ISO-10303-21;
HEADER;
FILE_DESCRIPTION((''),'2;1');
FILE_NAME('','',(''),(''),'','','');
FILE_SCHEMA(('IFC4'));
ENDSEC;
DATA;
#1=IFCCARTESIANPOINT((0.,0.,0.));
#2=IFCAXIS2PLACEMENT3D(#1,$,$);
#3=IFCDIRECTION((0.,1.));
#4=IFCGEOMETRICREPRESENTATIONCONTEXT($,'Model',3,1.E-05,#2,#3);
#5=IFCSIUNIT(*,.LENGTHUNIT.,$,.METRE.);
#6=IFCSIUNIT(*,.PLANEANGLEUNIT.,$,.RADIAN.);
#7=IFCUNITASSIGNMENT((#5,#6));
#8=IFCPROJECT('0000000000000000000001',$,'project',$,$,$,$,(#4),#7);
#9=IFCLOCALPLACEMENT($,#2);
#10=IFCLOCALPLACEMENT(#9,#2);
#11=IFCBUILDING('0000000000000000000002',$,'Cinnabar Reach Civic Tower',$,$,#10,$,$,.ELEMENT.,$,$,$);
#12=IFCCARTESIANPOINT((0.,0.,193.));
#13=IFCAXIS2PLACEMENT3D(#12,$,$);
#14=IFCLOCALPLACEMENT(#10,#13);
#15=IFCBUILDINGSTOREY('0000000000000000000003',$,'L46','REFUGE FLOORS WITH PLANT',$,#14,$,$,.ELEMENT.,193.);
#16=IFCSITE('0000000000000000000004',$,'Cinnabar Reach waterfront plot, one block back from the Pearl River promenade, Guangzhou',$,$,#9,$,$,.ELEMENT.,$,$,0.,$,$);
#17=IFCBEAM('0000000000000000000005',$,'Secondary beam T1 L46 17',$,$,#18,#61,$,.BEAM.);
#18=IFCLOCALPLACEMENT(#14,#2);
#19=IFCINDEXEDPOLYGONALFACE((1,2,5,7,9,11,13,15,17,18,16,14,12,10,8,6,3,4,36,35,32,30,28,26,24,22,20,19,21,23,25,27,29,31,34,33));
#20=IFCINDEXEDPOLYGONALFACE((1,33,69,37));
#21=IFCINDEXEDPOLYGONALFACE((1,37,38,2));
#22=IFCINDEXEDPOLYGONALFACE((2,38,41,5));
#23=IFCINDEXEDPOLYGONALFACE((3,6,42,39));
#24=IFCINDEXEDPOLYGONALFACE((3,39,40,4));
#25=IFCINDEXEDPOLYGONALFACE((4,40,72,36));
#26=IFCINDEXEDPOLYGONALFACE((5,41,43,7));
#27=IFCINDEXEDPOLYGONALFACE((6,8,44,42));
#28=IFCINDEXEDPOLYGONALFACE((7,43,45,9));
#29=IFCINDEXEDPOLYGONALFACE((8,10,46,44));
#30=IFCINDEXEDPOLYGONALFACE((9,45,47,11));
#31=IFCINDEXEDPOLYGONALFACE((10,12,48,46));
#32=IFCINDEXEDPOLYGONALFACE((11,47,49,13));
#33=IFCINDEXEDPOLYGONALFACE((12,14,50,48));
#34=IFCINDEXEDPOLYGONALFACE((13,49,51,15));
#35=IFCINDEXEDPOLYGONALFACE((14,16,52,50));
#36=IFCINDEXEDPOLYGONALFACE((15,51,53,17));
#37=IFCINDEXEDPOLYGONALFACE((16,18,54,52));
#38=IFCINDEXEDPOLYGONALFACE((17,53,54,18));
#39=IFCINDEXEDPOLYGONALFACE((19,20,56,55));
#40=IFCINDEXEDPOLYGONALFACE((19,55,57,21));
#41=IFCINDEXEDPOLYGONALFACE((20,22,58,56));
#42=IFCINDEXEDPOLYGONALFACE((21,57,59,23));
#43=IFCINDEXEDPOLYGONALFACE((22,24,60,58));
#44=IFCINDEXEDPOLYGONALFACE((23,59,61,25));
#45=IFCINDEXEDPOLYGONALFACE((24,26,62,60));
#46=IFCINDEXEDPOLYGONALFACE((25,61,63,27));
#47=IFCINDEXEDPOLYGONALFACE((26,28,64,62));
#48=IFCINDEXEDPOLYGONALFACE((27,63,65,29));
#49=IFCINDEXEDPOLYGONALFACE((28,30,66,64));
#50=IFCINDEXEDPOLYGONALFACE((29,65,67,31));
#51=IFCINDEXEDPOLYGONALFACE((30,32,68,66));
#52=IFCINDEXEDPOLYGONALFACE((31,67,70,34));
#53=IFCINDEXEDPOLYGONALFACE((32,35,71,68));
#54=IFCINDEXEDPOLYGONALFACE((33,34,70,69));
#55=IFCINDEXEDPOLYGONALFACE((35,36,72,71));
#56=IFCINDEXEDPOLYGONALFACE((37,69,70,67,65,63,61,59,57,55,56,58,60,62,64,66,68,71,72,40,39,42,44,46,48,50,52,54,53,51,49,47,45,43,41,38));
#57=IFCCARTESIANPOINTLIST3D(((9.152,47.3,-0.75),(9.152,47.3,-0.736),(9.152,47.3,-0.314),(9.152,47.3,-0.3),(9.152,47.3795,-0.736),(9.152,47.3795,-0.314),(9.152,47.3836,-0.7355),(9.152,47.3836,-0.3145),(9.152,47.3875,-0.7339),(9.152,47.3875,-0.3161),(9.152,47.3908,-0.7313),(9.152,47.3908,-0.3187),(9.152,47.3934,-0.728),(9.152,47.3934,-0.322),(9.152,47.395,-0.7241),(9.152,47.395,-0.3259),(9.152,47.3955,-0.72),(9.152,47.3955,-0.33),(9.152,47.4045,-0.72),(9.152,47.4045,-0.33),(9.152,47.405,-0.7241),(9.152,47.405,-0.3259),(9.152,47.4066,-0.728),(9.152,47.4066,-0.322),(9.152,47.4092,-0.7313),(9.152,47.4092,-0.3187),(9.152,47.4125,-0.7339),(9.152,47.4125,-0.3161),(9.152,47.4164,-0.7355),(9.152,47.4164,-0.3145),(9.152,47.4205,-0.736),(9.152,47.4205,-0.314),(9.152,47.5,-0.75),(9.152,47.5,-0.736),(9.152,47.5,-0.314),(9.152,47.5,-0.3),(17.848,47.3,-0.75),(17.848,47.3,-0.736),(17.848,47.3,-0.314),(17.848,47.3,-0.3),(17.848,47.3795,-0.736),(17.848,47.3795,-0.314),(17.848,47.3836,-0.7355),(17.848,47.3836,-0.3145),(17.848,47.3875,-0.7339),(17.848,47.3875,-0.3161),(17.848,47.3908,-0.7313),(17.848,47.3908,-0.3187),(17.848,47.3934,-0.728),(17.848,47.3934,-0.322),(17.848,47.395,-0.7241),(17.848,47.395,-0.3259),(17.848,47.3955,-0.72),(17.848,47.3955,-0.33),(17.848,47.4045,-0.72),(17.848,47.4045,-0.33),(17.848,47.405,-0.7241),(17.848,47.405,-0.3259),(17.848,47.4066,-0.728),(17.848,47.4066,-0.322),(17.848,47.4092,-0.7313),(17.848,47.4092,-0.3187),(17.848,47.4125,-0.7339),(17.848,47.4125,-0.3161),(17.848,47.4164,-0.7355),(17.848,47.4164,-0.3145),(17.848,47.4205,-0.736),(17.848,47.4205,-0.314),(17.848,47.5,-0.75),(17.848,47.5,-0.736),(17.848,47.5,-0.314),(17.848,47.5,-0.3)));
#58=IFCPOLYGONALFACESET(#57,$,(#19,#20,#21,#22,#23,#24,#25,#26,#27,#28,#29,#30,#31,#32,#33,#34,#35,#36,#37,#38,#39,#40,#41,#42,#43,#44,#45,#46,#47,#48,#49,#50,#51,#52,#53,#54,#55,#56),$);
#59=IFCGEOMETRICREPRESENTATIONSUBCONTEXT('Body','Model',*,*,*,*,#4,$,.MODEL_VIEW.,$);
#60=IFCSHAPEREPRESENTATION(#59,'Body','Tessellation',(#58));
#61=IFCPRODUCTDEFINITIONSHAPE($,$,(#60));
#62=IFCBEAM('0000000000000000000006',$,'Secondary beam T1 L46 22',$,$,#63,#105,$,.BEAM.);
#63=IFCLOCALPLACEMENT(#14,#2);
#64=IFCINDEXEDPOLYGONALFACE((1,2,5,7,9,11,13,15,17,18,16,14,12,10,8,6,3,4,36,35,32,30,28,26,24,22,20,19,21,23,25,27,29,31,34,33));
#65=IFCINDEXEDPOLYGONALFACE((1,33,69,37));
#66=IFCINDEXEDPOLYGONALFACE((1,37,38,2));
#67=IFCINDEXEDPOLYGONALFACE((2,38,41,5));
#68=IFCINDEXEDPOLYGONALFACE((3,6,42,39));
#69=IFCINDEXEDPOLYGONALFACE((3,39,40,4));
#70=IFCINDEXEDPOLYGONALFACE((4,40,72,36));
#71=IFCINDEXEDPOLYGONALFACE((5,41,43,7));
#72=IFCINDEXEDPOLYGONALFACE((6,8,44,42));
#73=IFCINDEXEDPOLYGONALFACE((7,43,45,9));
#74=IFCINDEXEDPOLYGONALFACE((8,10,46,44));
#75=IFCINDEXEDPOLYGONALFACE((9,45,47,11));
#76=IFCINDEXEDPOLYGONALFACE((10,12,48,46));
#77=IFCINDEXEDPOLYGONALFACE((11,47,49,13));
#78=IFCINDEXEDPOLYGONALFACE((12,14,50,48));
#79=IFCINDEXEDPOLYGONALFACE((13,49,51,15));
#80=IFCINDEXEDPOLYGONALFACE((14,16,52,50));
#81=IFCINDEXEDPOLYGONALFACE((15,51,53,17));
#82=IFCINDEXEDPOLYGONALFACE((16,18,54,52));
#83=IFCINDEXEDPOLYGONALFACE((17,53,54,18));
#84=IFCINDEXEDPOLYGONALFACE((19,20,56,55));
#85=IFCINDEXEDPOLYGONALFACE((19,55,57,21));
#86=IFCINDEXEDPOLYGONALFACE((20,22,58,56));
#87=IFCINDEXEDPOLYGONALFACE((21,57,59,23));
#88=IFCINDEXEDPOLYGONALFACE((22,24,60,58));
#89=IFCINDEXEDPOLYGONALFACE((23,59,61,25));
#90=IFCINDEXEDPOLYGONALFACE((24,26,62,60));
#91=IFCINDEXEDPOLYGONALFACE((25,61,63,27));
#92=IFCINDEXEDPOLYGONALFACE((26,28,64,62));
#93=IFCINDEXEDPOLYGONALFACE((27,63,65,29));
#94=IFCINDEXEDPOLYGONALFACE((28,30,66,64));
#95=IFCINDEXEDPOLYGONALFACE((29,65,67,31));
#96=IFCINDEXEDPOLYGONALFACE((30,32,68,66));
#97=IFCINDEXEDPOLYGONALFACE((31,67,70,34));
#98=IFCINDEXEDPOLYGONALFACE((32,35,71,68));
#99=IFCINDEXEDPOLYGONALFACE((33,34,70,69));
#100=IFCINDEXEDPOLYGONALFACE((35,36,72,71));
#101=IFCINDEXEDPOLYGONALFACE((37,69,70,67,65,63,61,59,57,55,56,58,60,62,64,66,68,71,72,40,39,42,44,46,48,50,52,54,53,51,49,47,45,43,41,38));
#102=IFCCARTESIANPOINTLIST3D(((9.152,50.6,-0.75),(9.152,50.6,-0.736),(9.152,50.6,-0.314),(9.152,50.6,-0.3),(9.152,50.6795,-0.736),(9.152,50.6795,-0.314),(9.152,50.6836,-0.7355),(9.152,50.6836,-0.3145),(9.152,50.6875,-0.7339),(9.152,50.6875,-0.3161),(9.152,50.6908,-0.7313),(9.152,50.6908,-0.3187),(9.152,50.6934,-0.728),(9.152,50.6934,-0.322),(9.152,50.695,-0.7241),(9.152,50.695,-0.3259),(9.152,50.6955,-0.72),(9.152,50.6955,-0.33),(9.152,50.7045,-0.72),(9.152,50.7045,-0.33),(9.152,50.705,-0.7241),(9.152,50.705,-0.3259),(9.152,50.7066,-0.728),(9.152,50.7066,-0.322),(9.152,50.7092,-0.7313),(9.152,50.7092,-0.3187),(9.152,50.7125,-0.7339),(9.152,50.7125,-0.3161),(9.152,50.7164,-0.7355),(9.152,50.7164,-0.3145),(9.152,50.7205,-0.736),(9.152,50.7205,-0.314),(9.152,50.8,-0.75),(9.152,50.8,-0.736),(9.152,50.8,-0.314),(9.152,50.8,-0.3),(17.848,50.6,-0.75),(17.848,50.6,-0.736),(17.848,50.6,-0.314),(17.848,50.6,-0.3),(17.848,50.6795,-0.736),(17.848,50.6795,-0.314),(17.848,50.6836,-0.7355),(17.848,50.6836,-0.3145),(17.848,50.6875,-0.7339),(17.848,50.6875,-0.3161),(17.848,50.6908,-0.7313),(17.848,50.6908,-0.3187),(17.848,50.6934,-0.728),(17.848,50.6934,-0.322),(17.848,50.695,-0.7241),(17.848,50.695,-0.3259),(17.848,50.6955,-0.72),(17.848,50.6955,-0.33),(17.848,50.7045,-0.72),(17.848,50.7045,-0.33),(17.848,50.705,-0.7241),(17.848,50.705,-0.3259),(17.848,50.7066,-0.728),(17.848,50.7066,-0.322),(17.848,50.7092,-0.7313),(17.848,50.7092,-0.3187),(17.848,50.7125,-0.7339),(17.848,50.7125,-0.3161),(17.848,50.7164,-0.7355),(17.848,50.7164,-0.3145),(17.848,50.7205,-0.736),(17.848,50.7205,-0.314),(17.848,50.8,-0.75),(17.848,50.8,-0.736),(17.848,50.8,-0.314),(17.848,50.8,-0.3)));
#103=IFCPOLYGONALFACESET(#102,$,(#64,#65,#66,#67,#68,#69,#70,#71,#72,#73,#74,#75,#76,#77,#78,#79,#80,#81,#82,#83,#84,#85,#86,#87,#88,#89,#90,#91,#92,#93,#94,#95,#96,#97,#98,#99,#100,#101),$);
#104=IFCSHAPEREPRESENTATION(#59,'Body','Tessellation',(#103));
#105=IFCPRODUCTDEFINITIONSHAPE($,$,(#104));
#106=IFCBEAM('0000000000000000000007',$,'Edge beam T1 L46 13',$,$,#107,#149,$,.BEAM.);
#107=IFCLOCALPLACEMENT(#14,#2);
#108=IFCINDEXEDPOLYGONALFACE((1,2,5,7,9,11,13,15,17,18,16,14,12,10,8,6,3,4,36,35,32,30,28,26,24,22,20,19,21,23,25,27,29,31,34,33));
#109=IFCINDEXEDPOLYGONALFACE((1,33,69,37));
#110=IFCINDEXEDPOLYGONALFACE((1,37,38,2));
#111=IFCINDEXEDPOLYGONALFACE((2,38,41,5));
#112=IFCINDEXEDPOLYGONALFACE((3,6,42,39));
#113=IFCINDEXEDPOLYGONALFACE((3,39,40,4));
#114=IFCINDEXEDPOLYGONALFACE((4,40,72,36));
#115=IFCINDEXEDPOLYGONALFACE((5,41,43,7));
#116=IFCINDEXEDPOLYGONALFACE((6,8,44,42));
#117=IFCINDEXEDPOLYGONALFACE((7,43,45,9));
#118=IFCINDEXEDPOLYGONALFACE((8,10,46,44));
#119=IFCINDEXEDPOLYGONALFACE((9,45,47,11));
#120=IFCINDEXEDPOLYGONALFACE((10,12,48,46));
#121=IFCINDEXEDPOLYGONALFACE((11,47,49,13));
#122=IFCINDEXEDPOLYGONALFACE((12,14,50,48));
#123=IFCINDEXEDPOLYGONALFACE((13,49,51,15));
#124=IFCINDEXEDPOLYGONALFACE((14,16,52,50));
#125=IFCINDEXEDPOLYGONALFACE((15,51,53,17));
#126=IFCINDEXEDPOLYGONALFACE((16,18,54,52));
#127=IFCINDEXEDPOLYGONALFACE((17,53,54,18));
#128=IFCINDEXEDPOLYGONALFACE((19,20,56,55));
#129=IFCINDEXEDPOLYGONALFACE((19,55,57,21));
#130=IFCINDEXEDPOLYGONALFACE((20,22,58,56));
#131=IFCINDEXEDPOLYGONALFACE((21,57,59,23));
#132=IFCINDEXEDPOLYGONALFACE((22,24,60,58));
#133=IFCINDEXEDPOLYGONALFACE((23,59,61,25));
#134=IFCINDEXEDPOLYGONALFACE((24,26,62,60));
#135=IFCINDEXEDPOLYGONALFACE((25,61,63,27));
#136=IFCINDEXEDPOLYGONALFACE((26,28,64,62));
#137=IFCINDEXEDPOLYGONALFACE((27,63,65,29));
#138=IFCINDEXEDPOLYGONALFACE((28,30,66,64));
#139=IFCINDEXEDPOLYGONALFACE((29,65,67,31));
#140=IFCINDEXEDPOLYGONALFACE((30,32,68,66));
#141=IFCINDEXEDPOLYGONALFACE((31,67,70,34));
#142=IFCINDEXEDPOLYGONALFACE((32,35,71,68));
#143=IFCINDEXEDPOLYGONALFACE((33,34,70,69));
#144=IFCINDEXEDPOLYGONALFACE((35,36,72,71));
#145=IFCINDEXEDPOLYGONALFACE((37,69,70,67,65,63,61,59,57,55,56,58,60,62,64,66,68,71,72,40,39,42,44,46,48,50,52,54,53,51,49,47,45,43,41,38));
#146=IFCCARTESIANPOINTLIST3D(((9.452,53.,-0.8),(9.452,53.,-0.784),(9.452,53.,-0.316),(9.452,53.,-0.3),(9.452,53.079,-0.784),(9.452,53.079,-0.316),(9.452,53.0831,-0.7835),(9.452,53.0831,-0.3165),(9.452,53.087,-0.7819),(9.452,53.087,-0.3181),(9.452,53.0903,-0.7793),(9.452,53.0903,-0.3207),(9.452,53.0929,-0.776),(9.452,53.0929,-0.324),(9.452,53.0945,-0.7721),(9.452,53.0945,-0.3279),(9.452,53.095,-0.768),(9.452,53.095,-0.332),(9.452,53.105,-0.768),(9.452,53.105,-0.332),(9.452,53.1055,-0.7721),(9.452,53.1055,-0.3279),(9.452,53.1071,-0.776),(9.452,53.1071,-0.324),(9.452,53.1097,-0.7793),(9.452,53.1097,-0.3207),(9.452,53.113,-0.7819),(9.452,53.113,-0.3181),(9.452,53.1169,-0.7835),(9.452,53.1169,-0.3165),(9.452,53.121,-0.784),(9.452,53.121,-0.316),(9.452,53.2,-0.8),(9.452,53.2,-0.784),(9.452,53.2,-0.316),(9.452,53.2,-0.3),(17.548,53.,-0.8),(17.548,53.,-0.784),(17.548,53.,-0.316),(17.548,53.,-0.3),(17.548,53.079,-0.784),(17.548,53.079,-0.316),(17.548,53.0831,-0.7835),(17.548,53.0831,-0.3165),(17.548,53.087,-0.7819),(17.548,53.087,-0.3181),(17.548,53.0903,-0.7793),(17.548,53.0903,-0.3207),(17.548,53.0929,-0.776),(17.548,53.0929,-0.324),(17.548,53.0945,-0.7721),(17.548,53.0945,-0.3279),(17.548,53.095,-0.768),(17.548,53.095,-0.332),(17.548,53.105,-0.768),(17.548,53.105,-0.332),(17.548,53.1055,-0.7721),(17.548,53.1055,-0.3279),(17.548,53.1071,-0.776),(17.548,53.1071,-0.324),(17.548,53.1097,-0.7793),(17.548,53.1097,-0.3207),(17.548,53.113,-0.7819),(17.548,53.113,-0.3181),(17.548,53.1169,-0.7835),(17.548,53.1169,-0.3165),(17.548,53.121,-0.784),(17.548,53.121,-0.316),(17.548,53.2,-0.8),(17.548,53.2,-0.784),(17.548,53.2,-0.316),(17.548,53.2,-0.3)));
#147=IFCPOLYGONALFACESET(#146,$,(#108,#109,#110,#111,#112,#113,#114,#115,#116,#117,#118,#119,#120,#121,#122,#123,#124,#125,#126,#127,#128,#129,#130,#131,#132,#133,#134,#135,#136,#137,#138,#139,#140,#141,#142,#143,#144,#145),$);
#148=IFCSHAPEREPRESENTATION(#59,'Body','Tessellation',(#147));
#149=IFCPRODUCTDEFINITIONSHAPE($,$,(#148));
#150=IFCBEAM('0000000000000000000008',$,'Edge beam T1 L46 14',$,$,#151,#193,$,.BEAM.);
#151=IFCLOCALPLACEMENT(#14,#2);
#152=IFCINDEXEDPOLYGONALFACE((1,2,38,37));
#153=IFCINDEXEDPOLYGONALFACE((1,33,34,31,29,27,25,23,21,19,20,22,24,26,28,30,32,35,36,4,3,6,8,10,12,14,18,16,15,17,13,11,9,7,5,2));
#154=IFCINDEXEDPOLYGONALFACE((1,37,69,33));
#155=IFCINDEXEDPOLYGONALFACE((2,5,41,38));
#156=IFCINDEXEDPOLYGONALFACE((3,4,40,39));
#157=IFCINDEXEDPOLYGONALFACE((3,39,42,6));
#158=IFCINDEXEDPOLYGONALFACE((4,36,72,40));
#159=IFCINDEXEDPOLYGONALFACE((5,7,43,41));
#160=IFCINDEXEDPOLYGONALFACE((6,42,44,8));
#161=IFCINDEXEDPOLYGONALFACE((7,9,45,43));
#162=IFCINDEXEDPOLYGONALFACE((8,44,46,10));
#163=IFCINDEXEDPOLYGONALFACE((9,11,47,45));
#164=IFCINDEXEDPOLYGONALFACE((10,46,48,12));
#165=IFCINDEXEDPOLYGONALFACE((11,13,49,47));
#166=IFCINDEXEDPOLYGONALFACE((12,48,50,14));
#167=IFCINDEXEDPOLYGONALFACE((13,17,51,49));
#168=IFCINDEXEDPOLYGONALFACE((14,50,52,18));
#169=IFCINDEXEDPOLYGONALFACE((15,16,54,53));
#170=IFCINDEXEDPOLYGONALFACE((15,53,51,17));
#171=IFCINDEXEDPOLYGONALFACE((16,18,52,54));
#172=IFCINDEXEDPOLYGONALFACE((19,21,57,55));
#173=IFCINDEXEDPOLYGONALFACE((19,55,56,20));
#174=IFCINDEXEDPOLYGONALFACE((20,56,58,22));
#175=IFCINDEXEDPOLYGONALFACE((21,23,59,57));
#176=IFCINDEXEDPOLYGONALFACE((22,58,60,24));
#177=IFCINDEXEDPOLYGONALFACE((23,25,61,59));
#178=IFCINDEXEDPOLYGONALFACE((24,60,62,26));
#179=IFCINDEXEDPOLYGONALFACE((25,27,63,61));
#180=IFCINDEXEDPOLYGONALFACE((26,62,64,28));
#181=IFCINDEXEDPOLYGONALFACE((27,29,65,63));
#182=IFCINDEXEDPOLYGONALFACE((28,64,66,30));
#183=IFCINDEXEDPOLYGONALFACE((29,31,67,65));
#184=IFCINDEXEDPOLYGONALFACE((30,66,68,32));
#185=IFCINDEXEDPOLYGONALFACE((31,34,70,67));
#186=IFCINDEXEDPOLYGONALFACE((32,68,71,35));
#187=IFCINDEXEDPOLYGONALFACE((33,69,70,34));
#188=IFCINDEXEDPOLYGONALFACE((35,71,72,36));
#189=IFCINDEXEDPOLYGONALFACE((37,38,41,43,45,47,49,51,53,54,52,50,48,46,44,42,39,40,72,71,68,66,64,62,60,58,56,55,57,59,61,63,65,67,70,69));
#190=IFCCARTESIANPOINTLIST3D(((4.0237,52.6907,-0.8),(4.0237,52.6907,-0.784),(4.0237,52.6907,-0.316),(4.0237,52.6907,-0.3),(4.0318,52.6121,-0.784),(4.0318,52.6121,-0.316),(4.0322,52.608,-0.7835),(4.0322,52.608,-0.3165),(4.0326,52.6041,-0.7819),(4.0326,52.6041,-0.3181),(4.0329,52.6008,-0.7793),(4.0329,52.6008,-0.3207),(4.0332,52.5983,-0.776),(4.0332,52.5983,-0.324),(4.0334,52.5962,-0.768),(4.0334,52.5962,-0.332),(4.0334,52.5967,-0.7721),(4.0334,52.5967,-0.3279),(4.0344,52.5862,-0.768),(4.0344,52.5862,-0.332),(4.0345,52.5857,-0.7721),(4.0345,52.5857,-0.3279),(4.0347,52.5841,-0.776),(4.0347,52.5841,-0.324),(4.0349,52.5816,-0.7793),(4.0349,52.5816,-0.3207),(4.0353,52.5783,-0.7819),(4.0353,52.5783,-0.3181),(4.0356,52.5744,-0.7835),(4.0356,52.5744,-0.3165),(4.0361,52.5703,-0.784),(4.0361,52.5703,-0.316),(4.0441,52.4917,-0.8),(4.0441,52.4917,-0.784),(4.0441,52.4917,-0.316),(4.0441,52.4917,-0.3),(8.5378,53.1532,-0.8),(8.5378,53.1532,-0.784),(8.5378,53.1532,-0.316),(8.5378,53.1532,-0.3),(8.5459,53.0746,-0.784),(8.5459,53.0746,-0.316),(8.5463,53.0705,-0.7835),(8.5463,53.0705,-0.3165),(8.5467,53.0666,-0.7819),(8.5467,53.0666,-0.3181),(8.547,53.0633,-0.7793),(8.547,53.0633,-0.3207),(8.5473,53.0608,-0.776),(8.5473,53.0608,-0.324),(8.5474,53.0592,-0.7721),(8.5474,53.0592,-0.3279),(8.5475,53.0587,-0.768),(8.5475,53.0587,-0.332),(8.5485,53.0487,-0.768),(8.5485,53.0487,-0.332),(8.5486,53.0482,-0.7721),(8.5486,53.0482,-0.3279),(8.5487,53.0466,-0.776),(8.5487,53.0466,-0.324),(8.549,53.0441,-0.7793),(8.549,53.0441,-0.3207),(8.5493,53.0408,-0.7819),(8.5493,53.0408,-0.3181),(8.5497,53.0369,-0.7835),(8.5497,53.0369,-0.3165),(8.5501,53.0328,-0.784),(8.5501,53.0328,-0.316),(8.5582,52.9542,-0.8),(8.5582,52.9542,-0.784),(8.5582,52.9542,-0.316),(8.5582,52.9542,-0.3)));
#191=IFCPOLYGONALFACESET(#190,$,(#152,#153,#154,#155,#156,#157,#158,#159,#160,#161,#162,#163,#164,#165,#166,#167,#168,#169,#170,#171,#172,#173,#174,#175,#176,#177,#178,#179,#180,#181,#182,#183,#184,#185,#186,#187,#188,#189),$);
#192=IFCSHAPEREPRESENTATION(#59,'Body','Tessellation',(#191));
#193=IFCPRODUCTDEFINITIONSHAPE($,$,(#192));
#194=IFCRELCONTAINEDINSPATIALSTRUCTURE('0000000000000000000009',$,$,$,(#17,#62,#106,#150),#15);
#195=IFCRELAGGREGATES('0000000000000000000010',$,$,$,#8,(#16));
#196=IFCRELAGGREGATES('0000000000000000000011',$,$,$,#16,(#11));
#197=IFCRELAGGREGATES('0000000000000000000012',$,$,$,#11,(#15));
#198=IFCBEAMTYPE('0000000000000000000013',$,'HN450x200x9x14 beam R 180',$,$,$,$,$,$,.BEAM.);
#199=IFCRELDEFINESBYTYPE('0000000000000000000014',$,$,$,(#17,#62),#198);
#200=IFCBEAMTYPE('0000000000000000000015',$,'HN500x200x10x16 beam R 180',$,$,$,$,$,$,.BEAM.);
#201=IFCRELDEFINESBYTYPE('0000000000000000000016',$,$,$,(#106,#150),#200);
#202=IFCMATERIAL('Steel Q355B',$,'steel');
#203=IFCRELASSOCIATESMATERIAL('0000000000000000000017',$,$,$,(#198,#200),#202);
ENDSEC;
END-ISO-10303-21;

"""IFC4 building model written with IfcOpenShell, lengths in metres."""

from ifc_helpers import new_model, si_unit, direction, frame, origin, origin_2d, place, context, subcontext, project, spatial, i_section, extrude, material, material_profile, profile_set, type_object, element, save


model = new_model("IFC4")

# Units and contexts
model_context = context("Model", 3, precision=1e-05, world=origin(), true_north=direction((0.0, 1.0)))
body_context = subcontext(model_context, "Body", "Model", "MODEL_VIEW")
ifc_project = project(units=[si_unit("LENGTHUNIT", "METRE"), si_unit("PLANEANGLEUNIT", "RADIAN")], contexts=[model_context])

# Site, building, storey
site_placement = place(None, origin())
site = spatial("IfcSite", under=ifc_project, at=site_placement, Name="Cinnabar Reach waterfront plot, one block back from the Pearl River promenade, Guangzhou", CompositionType="ELEMENT", RefElevation=0.0)
building_placement = place(site_placement, origin())
building = spatial("IfcBuilding", under=site, at=building_placement, Name="Cinnabar Reach Civic Tower", CompositionType="ELEMENT")
storey_placement = place(building_placement, frame((0.0, 0.0, 193.0)))
storey = spatial("IfcBuildingStorey", under=building, at=storey_placement, Name="L46", Description="REFUGE FLOORS WITH PLANT", CompositionType="ELEMENT", Elevation=193.0)

# Beams
ifc_material_1 = material(Name="Steel Q355B", Category="steel")
ifc_material_profile_1 = material_profile(ifc_material_1, i_section(OverallWidth=0.2, OverallDepth=0.45, WebThickness=0.009, FlangeThickness=0.014, FilletRadius=0.016, at=origin_2d()), Name="HN450x200x9x14")
ifc_profile_set_1 = profile_set([ifc_material_profile_1], Name="Steel Q355B")
beam_type_1 = type_object("IfcBeamType", Name="HN450x200x9x14 beam R 180", PredefinedType="BEAM", material=ifc_profile_set_1)
for number, where, z_axis, x_axis, name in (
    (1, (9.152, 47.4, -0.525), (1.0, 0.0, 0.0), (0.0, 1.0, 0.0), "Secondary beam T1 L46 17"),
    (2, (9.152, 50.7, -0.525), (1.0, 0.0, 0.0), (0.0, 1.0, 0.0), "Secondary beam T1 L46 22"),
):
    element("IfcBeam", number, at=place(storey_placement, frame(where, z_axis=z_axis, x_axis=x_axis)), inside=storey, type_object=beam_type_1, Name=name, PredefinedType="BEAM", context=body_context, shape_type="SweptSolid", body=[
        extrude(i_section(OverallWidth=0.2, OverallDepth=0.45, WebThickness=0.009, FlangeThickness=0.014, FilletRadius=0.016, at=origin_2d()), origin(), (0.0, 0.0, 1.0), 8.696),
    ])
ifc_material_profile_2 = material_profile(ifc_material_1, i_section(OverallWidth=0.2, OverallDepth=0.5, WebThickness=0.01, FlangeThickness=0.016, FilletRadius=0.016, at=origin_2d()), Name="HN500x200x10x16")
ifc_profile_set_2 = profile_set([ifc_material_profile_2], Name="Steel Q355B")
beam_type_2 = type_object("IfcBeamType", Name="HN500x200x10x16 beam R 180", PredefinedType="BEAM", material=ifc_profile_set_2)
beam_1_placement = place(storey_placement, frame((17.548, 53.1, -0.55), z_axis=(-1.0, 0.0, 0.0), x_axis=(0.0, -1.0, 0.0)))
element("IfcBeam", 3, at=beam_1_placement, inside=storey, type_object=beam_type_2, Name="Edge beam T1 L46 13", PredefinedType="BEAM", context=body_context, shape_type="SweptSolid", body=[
    extrude(i_section(OverallWidth=0.2, OverallDepth=0.5, WebThickness=0.01, FlangeThickness=0.016, FilletRadius=0.016, at=origin_2d()), origin(), (0.0, 0.0, 1.0), 8.096),
])
beam_2_placement = place(storey_placement, frame((8.548, 53.0537, -0.55), z_axis=(-0.994792, -0.101923, 0.0), x_axis=(0.101923, -0.994792, 0.0)))
element("IfcBeam", 4, at=beam_2_placement, inside=storey, type_object=beam_type_2, Name="Edge beam T1 L46 14", PredefinedType="BEAM", context=body_context, shape_type="SweptSolid", body=[
    extrude(i_section(OverallWidth=0.2, OverallDepth=0.5, WebThickness=0.01, FlangeThickness=0.016, FilletRadius=0.016, at=origin_2d()), origin(), (0.0, 0.0, 1.0), 4.5377),
])

save(model, "model.ifc")
